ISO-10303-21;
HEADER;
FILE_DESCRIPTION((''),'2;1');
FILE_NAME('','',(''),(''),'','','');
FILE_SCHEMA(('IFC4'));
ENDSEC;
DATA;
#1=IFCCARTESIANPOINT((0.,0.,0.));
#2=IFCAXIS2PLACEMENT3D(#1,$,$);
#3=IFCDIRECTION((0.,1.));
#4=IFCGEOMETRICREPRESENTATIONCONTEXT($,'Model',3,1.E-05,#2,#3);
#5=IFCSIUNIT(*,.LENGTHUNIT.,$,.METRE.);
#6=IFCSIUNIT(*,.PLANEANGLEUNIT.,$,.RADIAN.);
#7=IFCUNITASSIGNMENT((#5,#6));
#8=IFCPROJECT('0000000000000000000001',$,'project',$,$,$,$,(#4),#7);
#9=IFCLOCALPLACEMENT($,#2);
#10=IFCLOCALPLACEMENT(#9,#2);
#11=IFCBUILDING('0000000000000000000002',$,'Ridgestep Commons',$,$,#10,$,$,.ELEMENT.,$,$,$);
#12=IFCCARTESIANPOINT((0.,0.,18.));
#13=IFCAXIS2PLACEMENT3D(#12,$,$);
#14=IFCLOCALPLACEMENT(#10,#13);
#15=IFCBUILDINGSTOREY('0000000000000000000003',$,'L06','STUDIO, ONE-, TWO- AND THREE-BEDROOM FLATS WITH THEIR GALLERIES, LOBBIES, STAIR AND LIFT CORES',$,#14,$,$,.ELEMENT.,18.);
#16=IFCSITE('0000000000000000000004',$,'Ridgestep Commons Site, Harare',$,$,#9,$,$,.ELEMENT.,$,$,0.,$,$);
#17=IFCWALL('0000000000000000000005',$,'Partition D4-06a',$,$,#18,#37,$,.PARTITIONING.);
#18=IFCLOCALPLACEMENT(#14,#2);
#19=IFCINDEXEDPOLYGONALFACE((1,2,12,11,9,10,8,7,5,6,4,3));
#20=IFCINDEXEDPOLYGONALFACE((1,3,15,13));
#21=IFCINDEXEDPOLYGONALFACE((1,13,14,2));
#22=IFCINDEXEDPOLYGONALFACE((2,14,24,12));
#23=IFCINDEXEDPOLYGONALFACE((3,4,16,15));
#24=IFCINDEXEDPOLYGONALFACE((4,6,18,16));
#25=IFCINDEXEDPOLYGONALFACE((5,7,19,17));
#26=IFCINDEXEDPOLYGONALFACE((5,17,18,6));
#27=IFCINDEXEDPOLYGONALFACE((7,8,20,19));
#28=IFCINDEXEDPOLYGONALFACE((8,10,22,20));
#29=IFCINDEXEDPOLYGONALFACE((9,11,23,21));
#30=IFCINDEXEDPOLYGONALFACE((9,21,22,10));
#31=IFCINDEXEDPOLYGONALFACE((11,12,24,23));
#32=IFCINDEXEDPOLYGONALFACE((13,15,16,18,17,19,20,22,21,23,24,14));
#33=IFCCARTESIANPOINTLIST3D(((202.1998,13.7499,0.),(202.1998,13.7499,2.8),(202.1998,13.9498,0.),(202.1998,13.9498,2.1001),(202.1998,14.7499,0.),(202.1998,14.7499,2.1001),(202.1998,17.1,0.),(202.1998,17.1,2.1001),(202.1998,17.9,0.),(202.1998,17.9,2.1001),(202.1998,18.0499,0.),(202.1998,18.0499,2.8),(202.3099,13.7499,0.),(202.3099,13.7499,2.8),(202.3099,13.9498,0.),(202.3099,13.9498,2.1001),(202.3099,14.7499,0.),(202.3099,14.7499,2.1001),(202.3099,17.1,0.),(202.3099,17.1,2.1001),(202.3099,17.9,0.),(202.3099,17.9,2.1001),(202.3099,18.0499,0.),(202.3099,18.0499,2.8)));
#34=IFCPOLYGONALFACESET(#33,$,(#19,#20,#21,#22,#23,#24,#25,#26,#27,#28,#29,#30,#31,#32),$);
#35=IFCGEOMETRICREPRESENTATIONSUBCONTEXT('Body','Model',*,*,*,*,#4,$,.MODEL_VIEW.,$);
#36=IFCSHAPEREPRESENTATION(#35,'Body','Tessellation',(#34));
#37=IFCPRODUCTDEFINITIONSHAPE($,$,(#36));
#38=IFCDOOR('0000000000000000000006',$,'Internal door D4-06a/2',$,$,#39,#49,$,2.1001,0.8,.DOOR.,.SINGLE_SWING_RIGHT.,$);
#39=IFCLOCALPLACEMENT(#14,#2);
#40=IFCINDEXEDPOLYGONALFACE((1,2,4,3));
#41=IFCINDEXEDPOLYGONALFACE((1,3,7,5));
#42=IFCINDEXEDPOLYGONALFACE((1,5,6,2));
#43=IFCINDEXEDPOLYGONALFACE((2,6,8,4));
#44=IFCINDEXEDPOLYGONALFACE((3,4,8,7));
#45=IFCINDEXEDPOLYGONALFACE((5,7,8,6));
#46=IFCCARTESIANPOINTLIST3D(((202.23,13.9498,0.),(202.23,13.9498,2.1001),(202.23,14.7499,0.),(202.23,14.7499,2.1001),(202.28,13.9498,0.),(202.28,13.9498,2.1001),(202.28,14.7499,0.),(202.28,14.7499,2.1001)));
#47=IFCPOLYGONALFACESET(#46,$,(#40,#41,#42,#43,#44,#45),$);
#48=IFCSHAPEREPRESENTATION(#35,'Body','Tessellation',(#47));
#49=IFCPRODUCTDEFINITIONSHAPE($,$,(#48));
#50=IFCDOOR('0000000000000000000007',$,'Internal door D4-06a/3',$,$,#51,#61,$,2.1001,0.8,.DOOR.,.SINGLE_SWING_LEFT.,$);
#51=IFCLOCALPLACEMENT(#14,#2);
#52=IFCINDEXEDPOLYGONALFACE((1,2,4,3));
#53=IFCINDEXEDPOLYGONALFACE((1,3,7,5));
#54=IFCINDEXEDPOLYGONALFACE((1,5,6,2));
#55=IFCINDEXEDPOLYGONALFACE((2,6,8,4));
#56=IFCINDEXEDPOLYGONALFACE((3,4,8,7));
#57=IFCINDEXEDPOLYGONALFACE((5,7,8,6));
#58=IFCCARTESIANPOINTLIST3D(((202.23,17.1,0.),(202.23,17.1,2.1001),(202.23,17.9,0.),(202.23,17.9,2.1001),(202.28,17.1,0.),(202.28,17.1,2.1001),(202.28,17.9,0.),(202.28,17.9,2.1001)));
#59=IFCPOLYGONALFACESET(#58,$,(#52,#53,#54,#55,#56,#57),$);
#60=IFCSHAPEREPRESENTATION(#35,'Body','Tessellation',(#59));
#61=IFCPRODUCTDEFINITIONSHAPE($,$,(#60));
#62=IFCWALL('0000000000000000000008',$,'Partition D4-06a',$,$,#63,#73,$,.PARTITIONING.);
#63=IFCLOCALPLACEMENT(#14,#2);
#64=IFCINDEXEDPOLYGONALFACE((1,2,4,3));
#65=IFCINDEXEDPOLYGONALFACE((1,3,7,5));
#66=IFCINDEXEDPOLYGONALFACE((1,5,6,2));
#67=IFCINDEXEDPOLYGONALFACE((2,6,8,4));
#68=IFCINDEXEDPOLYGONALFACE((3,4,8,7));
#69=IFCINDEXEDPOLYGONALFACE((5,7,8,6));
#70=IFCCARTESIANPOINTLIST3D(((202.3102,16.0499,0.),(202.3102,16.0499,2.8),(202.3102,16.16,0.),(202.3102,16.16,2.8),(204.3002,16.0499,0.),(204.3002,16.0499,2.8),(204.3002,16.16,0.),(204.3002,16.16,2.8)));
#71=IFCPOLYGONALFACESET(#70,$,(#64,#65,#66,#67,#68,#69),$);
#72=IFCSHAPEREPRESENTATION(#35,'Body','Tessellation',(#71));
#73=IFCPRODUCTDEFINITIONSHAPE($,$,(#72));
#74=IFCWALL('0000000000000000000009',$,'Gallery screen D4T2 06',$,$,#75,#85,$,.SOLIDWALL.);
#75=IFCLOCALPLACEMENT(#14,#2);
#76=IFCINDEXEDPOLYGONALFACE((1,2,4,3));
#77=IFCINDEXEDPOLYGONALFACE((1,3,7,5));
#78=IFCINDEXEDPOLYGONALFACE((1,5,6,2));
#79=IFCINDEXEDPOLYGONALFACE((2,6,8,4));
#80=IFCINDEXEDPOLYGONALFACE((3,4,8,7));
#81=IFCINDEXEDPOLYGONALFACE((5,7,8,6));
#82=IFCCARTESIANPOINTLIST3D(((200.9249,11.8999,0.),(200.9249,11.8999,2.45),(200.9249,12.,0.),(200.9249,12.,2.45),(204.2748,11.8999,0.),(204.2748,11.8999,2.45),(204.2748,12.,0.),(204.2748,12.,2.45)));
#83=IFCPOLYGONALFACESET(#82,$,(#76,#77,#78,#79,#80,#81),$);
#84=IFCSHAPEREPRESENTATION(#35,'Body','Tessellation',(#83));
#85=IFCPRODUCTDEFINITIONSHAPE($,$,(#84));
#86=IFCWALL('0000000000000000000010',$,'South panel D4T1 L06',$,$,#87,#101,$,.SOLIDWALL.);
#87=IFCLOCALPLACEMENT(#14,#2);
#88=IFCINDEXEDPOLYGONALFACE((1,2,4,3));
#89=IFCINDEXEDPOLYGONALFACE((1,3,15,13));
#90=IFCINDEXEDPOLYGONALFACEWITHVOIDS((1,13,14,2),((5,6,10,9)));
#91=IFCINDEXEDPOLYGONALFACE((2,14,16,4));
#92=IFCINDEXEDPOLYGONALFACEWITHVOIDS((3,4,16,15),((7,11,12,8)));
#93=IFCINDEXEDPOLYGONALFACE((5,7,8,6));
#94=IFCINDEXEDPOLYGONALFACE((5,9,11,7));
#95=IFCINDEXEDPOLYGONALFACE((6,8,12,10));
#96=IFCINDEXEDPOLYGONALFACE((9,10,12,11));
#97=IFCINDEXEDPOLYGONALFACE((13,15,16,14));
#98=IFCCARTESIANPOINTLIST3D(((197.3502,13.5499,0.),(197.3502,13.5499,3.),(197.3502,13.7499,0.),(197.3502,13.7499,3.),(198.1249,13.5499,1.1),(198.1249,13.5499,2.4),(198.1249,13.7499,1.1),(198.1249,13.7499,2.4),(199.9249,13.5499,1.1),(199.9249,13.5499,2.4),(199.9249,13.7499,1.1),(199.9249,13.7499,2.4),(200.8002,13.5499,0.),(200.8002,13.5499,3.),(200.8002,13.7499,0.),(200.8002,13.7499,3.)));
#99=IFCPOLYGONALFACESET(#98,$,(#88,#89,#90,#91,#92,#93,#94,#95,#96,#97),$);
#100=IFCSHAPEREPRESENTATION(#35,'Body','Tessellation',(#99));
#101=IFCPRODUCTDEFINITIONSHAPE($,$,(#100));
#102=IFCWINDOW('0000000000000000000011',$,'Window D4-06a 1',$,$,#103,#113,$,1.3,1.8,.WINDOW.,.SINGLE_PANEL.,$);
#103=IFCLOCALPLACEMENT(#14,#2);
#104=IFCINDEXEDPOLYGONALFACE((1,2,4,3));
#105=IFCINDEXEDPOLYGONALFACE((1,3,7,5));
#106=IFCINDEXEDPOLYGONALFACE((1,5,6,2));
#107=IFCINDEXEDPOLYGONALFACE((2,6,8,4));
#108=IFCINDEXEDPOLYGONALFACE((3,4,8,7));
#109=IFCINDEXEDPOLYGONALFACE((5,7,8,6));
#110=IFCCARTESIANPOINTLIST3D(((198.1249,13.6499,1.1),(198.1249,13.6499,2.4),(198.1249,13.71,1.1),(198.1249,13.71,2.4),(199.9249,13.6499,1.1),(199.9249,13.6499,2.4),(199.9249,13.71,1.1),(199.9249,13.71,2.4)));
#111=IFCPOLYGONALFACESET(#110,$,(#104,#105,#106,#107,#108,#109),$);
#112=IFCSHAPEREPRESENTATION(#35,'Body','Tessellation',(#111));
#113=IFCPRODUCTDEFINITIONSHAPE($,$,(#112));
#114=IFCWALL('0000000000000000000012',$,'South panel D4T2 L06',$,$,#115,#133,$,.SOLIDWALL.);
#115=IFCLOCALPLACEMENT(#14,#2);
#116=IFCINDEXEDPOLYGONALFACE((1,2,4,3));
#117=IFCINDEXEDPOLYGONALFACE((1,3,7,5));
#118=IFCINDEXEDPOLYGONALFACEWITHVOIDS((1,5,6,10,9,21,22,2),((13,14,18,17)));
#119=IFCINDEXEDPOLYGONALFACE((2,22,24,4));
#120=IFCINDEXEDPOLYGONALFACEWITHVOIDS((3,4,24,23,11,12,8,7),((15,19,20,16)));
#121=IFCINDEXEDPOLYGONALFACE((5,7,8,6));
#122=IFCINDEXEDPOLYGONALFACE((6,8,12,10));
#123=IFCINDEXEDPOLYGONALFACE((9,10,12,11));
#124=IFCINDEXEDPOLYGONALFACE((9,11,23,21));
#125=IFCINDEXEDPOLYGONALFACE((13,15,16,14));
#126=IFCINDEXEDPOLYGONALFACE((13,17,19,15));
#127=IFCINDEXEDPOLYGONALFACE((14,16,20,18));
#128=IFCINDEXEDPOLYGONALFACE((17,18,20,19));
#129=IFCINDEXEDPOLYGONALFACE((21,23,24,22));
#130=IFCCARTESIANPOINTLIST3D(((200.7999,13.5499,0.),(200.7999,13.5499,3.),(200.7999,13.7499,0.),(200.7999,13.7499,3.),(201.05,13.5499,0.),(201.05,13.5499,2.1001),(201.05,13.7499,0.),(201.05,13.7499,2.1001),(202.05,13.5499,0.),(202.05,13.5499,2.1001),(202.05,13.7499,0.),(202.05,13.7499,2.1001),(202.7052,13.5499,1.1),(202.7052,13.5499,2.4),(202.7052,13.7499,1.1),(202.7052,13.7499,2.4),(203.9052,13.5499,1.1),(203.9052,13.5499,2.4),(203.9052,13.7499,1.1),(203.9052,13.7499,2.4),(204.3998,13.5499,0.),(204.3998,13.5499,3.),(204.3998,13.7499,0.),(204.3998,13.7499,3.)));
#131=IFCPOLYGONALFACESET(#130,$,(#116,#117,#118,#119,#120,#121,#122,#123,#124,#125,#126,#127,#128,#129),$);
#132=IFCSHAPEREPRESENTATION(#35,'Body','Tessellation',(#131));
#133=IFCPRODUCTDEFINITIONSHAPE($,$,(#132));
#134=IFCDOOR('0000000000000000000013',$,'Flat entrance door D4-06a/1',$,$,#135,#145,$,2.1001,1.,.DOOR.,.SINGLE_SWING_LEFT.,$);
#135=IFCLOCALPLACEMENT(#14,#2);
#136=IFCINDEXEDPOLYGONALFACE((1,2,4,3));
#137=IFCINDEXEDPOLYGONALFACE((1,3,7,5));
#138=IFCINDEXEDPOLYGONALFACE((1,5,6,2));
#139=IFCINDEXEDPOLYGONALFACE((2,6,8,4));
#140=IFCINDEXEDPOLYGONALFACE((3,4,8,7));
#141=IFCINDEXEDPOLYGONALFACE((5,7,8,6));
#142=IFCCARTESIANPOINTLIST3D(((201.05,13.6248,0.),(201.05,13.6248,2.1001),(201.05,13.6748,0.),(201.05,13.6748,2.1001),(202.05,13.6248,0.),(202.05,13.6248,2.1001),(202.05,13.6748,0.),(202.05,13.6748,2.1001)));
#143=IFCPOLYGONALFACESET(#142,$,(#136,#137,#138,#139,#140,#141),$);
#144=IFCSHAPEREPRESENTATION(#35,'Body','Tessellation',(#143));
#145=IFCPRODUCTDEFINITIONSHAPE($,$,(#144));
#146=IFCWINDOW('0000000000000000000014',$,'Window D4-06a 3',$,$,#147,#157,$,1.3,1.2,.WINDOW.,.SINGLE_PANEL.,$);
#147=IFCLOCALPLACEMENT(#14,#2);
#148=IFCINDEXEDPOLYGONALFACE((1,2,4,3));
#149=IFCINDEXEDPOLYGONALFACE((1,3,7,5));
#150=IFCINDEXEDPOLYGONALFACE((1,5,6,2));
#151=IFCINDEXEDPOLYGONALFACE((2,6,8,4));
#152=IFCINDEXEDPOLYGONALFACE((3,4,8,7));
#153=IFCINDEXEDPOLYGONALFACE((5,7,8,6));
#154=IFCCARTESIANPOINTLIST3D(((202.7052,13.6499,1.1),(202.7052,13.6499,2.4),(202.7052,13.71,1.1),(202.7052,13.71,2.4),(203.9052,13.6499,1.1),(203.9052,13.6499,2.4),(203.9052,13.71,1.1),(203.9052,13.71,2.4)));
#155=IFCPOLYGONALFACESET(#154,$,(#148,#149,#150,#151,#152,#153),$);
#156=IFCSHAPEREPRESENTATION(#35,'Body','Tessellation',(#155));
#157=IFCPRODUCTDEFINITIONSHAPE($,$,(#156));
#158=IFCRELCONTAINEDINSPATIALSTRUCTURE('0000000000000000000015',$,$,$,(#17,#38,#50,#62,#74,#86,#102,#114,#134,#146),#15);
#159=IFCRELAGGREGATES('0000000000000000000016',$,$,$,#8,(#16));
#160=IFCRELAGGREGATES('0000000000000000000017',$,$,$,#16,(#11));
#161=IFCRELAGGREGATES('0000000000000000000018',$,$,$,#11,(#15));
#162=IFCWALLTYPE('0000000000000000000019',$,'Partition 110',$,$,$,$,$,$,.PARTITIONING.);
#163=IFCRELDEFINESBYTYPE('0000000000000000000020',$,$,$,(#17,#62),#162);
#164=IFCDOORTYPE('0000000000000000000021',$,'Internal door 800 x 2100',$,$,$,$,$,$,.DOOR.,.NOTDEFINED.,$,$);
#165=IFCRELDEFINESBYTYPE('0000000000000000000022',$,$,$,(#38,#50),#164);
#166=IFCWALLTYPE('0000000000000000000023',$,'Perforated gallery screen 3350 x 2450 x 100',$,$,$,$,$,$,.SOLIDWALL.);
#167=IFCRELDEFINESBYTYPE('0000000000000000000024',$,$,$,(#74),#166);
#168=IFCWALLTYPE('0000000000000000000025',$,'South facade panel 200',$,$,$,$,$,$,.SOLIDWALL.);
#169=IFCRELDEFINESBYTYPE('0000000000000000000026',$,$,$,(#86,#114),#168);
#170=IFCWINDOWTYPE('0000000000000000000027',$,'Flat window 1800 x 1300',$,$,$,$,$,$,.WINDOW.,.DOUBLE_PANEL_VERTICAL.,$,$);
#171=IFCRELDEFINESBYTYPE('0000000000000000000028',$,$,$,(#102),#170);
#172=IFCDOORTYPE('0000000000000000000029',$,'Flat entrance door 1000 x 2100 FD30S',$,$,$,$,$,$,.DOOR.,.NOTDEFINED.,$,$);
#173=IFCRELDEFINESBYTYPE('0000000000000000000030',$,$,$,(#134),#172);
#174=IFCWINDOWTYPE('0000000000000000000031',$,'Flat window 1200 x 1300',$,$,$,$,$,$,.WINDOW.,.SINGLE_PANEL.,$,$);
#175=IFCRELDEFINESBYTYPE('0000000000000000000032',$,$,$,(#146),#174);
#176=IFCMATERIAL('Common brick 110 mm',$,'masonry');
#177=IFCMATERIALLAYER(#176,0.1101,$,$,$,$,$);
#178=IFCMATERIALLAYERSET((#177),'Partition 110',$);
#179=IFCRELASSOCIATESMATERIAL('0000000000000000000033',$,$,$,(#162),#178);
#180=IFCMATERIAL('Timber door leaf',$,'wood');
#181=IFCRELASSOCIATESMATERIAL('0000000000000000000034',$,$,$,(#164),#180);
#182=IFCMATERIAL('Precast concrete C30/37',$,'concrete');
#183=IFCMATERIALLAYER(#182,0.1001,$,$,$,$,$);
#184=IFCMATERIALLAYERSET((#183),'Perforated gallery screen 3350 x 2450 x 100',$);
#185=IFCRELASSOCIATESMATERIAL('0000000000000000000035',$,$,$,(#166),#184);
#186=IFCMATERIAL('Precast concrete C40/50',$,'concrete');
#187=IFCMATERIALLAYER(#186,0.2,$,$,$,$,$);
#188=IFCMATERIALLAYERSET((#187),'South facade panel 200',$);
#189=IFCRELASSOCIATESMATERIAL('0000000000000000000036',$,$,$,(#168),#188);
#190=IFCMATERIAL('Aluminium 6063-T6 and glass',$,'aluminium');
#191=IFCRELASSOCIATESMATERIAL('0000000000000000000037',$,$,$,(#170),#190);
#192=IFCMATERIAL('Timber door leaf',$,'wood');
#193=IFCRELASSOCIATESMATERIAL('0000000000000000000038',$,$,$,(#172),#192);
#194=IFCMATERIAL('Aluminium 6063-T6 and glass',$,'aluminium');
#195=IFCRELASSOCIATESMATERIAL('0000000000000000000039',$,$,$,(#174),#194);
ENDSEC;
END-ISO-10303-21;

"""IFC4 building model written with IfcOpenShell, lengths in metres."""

from ifc_helpers import new_model, si_unit, direction, frame, frame_2d, origin, place, context, subcontext, project, spatial, rectangle, extrude, material, layer, layer_set, type_object, element, fill, save


model = new_model("IFC4")

# Units and contexts
model_context = context("Model", 3, precision=1e-05, world=origin(), true_north=direction((0.0, 1.0)))
body_context = subcontext(model_context, "Body", "Model", "MODEL_VIEW")
ifc_project = project(units=[si_unit("LENGTHUNIT", "METRE"), si_unit("PLANEANGLEUNIT", "RADIAN")], contexts=[model_context])

# Site, building, storey
site_placement = place(None, origin())
site = spatial("IfcSite", under=ifc_project, at=site_placement, Name="Ridgestep Commons Site, Harare", CompositionType="ELEMENT", RefElevation=0.0)
building_placement = place(site_placement, origin())
building = spatial("IfcBuilding", under=site, at=building_placement, Name="Ridgestep Commons", CompositionType="ELEMENT")
storey_placement = place(building_placement, frame((0.0, 0.0, 18.0)))
storey = spatial("IfcBuildingStorey", under=building, at=storey_placement, Name="L06", Description="STUDIO, ONE-, TWO- AND THREE-BEDROOM FLATS WITH THEIR GALLERIES, LOBBIES, STAIR AND LIFT CORES", CompositionType="ELEMENT", Elevation=18.0)

# Wall, openings, doors
ifc_material_1 = material(Name="Common brick 110 mm", Category="masonry")
ifc_layer_1 = layer(ifc_material_1, 0.1101)
ifc_layer_set_1 = layer_set([ifc_layer_1], Name="Partition 110")
wall_type_1 = type_object("IfcWallType", Name="Partition 110", PredefinedType="PARTITIONING", material=ifc_layer_set_1)
wall_1_placement = place(storey_placement, frame((202.2549, 13.75, 0.0), z_axis=(0.0, 0.0, 1.0), x_axis=(0.0, 1.0, 0.0)))
wall_1 = element("IfcWall", 1, at=wall_1_placement, inside=storey, type_object=wall_type_1, Name="Partition D4-06a", PredefinedType="PARTITIONING", context=body_context, shape_type="SweptSolid", body=[
    extrude(rectangle(XDim=4.3, YDim=0.1101, at=frame_2d((2.1499, 0.0))), origin(), (0.0, 0.0, 1.0), 2.8),
])
opening_1_placement = place(wall_1_placement, frame((0.2, 0.0, 0.0)))
opening_1 = element("IfcOpeningElement", 2, at=opening_1_placement, cuts=wall_1, PredefinedType="OPENING", context=body_context, shape_type="SweptSolid", body=[
    extrude(rectangle(XDim=0.8, YDim=2.1001, at=frame_2d((0.3999, 1.05))), frame((0.0, 0.0649, 0.0), z_axis=(0.0, -1.0, 0.0), x_axis=(1.0, 0.0, 0.0)), (0.0, 0.0, 1.0), 0.1301),
])
opening_2_placement = place(wall_1_placement, frame((3.3501, 0.0, 0.0)))
opening_2 = element("IfcOpeningElement", 3, at=opening_2_placement, cuts=wall_1, PredefinedType="OPENING", context=body_context, shape_type="SweptSolid", body=[
    extrude(rectangle(XDim=0.8, YDim=2.1001, at=frame_2d((0.3999, 1.05))), frame((0.0, 0.0649, 0.0), z_axis=(0.0, -1.0, 0.0), x_axis=(1.0, 0.0, 0.0)), (0.0, 0.0, 1.0), 0.1301),
])
ifc_material_2 = material(Name="Timber door leaf", Category="wood")
door_type_1 = type_object("IfcDoorType", Name="Internal door 800 x 2100", OperationType="NOTDEFINED", PredefinedType="DOOR", material=ifc_material_2)
door_1_placement = place(opening_1_placement, origin())
door_1 = element("IfcDoor", 4, at=door_1_placement, inside=storey, type_object=door_type_1, Name="Internal door D4-06a/2", OperationType="SINGLE_SWING_RIGHT", OverallHeight=2.1001, OverallWidth=0.8, PredefinedType="DOOR", context=body_context, shape_type="SweptSolid", body=[
    extrude(rectangle(XDim=0.8, YDim=2.1001, at=frame_2d((0.3999, 1.05))), frame((0.0, 0.0249, 0.0), z_axis=(0.0, -1.0, 0.0), x_axis=(1.0, 0.0, 0.0)), (0.0, 0.0, 1.0), 0.05),
])
fill(opening_1, door_1)
door_2_placement = place(opening_2_placement, origin())
door_2 = element("IfcDoor", 5, at=door_2_placement, inside=storey, type_object=door_type_1, Name="Internal door D4-06a/3", OperationType="SINGLE_SWING_LEFT", OverallHeight=2.1001, OverallWidth=0.8, PredefinedType="DOOR", context=body_context, shape_type="SweptSolid", body=[
    extrude(rectangle(XDim=0.8, YDim=2.1001, at=frame_2d((0.3999, 1.05))), frame((0.0, 0.0249, 0.0), z_axis=(0.0, -1.0, 0.0), x_axis=(1.0, 0.0, 0.0)), (0.0, 0.0, 1.0), 0.05),
])
fill(opening_2, door_2)

# Walls
wall_2_placement = place(storey_placement, frame((202.3101, 16.105, 0.0), z_axis=(0.0, 0.0, 1.0), x_axis=(1.0, 0.0, 0.0)))
element("IfcWall", 6, at=wall_2_placement, inside=storey, type_object=wall_type_1, Name="Partition D4-06a", PredefinedType="PARTITIONING", context=body_context, shape_type="SweptSolid", body=[
    extrude(rectangle(XDim=1.99, YDim=0.1101, at=frame_2d((0.9951, 0.0))), origin(), (0.0, 0.0, 1.0), 2.8),
])
ifc_material_3 = material(Name="Precast concrete C30/37", Category="concrete")
ifc_layer_2 = layer(ifc_material_3, 0.1001)
ifc_layer_set_2 = layer_set([ifc_layer_2], Name="Perforated gallery screen 3350 x 2450 x 100")
wall_type_2 = type_object("IfcWallType", Name="Perforated gallery screen 3350 x 2450 x 100", PredefinedType="SOLIDWALL", material=ifc_layer_set_2)
wall_3_placement = place(storey_placement, frame((200.925, 11.95, 0.0), z_axis=(0.0, 0.0, 1.0), x_axis=(1.0, 0.0, 0.0)))
element("IfcWall", 7, at=wall_3_placement, inside=storey, type_object=wall_type_2, Name="Gallery screen D4T2 06", PredefinedType="SOLIDWALL", context=body_context, shape_type="SweptSolid", body=[
    extrude(rectangle(XDim=3.3499, YDim=0.1001, at=frame_2d((1.6748, 0.0))), origin(), (0.0, 0.0, 1.0), 2.45),
])

# Wall, opening, window
ifc_material_4 = material(Name="Precast concrete C40/50", Category="concrete")
ifc_layer_3 = layer(ifc_material_4, 0.2)
ifc_layer_set_3 = layer_set([ifc_layer_3], Name="South facade panel 200")
wall_type_3 = type_object("IfcWallType", Name="South facade panel 200", PredefinedType="SOLIDWALL", material=ifc_layer_set_3)
wall_4_placement = place(storey_placement, frame((197.3501, 13.6499, 0.0), z_axis=(0.0, 0.0, 1.0), x_axis=(1.0, 0.0, 0.0)))
wall_4 = element("IfcWall", 8, at=wall_4_placement, inside=storey, type_object=wall_type_3, Name="South panel D4T1 L06", PredefinedType="SOLIDWALL", context=body_context, shape_type="SweptSolid", body=[
    extrude(rectangle(XDim=3.45, YDim=0.2, at=frame_2d((1.7251, 0.0))), origin(), (0.0, 0.0, 1.0), 3.0),
])
opening_3_placement = place(wall_4_placement, frame((0.7749, 0.0, 1.1001)))
opening_3 = element("IfcOpeningElement", 9, at=opening_3_placement, cuts=wall_4, PredefinedType="OPENING", context=body_context, shape_type="SweptSolid", body=[
    extrude(rectangle(XDim=1.8, YDim=1.3, at=frame_2d((0.8999, 0.6499))), frame((0.0, 0.1099, 0.0), z_axis=(0.0, -1.0, 0.0), x_axis=(1.0, 0.0, 0.0)), (0.0, 0.0, 1.0), 0.22),
])
ifc_material_5 = material(Name="Aluminium 6063-T6 and glass", Category="aluminium")
window_type_1 = type_object("IfcWindowType", Name="Flat window 1800 x 1300", PartitioningType="DOUBLE_PANEL_VERTICAL", PredefinedType="WINDOW", material=ifc_material_5)
window_1_placement = place(opening_3_placement, origin())
window_1 = element("IfcWindow", 10, at=window_1_placement, inside=storey, type_object=window_type_1, Name="Window D4-06a 1", OverallHeight=1.3, OverallWidth=1.8, PartitioningType="SINGLE_PANEL", PredefinedType="WINDOW", context=body_context, shape_type="SweptSolid", body=[
    extrude(rectangle(XDim=1.8, YDim=1.3, at=frame_2d((0.8999, 0.6499))), frame((0.0, 0.0601, 0.0), z_axis=(0.0, -1.0, 0.0), x_axis=(1.0, 0.0, 0.0)), (0.0, 0.0, 1.0), 0.0601),
])
fill(opening_3, window_1)

# Wall, openings, door, window
wall_5_placement = place(storey_placement, frame((200.8, 13.6499, 0.0), z_axis=(0.0, 0.0, 1.0), x_axis=(1.0, 0.0, 0.0)))
wall_5 = element("IfcWall", 11, at=wall_5_placement, inside=storey, type_object=wall_type_3, Name="South panel D4T2 L06", PredefinedType="SOLIDWALL", context=body_context, shape_type="SweptSolid", body=[
    extrude(rectangle(XDim=3.5999, YDim=0.2, at=frame_2d((1.7998, 0.0))), origin(), (0.0, 0.0, 1.0), 3.0),
])
opening_4_placement = place(wall_5_placement, frame((1.905, 0.0, 1.1001)))
opening_4 = element("IfcOpeningElement", 12, at=opening_4_placement, cuts=wall_5, PredefinedType="OPENING", context=body_context, shape_type="SweptSolid", body=[
    extrude(rectangle(XDim=1.2, YDim=1.3, at=frame_2d((0.6001, 0.6499))), frame((0.0, 0.1099, 0.0), z_axis=(0.0, -1.0, 0.0), x_axis=(1.0, 0.0, 0.0)), (0.0, 0.0, 1.0), 0.22),
])
opening_5_placement = place(wall_5_placement, frame((0.25, 0.0, 0.0)))
opening_5 = element("IfcOpeningElement", 13, at=opening_5_placement, cuts=wall_5, PredefinedType="OPENING", context=body_context, shape_type="SweptSolid", body=[
    extrude(rectangle(XDim=1.0, YDim=2.1001, at=frame_2d((0.5, 1.05))), frame((0.0, 0.1099, 0.0), z_axis=(0.0, -1.0, 0.0), x_axis=(1.0, 0.0, 0.0)), (0.0, 0.0, 1.0), 0.22),
])
ifc_material_6 = material(Name="Timber door leaf", Category="wood")
door_type_2 = type_object("IfcDoorType", Name="Flat entrance door 1000 x 2100 FD30S", OperationType="NOTDEFINED", PredefinedType="DOOR", material=ifc_material_6)
door_3_placement = place(opening_5_placement, origin())
door_3 = element("IfcDoor", 14, at=door_3_placement, inside=storey, type_object=door_type_2, Name="Flat entrance door D4-06a/1", OperationType="SINGLE_SWING_LEFT", OverallHeight=2.1001, OverallWidth=1.0, PredefinedType="DOOR", context=body_context, shape_type="SweptSolid", body=[
    extrude(rectangle(XDim=1.0, YDim=2.1001, at=frame_2d((0.5, 1.05))), frame((0.0, 0.0249, 0.0), z_axis=(0.0, -1.0, 0.0), x_axis=(1.0, 0.0, 0.0)), (0.0, 0.0, 1.0), 0.05),
])
fill(opening_5, door_3)
ifc_material_7 = material(Name="Aluminium 6063-T6 and glass", Category="aluminium")
window_type_2 = type_object("IfcWindowType", Name="Flat window 1200 x 1300", PartitioningType="SINGLE_PANEL", PredefinedType="WINDOW", material=ifc_material_7)
window_2_placement = place(opening_4_placement, origin())
window_2 = element("IfcWindow", 15, at=window_2_placement, inside=storey, type_object=window_type_2, Name="Window D4-06a 3", OverallHeight=1.3, OverallWidth=1.2, PartitioningType="SINGLE_PANEL", PredefinedType="WINDOW", context=body_context, shape_type="SweptSolid", body=[
    extrude(rectangle(XDim=1.2, YDim=1.3, at=frame_2d((0.6001, 0.6499))), frame((0.0, 0.0601, 0.0), z_axis=(0.0, -1.0, 0.0), x_axis=(1.0, 0.0, 0.0)), (0.0, 0.0, 1.0), 0.0601),
])
fill(opening_4, window_2)

save(model, "model.ifc")
